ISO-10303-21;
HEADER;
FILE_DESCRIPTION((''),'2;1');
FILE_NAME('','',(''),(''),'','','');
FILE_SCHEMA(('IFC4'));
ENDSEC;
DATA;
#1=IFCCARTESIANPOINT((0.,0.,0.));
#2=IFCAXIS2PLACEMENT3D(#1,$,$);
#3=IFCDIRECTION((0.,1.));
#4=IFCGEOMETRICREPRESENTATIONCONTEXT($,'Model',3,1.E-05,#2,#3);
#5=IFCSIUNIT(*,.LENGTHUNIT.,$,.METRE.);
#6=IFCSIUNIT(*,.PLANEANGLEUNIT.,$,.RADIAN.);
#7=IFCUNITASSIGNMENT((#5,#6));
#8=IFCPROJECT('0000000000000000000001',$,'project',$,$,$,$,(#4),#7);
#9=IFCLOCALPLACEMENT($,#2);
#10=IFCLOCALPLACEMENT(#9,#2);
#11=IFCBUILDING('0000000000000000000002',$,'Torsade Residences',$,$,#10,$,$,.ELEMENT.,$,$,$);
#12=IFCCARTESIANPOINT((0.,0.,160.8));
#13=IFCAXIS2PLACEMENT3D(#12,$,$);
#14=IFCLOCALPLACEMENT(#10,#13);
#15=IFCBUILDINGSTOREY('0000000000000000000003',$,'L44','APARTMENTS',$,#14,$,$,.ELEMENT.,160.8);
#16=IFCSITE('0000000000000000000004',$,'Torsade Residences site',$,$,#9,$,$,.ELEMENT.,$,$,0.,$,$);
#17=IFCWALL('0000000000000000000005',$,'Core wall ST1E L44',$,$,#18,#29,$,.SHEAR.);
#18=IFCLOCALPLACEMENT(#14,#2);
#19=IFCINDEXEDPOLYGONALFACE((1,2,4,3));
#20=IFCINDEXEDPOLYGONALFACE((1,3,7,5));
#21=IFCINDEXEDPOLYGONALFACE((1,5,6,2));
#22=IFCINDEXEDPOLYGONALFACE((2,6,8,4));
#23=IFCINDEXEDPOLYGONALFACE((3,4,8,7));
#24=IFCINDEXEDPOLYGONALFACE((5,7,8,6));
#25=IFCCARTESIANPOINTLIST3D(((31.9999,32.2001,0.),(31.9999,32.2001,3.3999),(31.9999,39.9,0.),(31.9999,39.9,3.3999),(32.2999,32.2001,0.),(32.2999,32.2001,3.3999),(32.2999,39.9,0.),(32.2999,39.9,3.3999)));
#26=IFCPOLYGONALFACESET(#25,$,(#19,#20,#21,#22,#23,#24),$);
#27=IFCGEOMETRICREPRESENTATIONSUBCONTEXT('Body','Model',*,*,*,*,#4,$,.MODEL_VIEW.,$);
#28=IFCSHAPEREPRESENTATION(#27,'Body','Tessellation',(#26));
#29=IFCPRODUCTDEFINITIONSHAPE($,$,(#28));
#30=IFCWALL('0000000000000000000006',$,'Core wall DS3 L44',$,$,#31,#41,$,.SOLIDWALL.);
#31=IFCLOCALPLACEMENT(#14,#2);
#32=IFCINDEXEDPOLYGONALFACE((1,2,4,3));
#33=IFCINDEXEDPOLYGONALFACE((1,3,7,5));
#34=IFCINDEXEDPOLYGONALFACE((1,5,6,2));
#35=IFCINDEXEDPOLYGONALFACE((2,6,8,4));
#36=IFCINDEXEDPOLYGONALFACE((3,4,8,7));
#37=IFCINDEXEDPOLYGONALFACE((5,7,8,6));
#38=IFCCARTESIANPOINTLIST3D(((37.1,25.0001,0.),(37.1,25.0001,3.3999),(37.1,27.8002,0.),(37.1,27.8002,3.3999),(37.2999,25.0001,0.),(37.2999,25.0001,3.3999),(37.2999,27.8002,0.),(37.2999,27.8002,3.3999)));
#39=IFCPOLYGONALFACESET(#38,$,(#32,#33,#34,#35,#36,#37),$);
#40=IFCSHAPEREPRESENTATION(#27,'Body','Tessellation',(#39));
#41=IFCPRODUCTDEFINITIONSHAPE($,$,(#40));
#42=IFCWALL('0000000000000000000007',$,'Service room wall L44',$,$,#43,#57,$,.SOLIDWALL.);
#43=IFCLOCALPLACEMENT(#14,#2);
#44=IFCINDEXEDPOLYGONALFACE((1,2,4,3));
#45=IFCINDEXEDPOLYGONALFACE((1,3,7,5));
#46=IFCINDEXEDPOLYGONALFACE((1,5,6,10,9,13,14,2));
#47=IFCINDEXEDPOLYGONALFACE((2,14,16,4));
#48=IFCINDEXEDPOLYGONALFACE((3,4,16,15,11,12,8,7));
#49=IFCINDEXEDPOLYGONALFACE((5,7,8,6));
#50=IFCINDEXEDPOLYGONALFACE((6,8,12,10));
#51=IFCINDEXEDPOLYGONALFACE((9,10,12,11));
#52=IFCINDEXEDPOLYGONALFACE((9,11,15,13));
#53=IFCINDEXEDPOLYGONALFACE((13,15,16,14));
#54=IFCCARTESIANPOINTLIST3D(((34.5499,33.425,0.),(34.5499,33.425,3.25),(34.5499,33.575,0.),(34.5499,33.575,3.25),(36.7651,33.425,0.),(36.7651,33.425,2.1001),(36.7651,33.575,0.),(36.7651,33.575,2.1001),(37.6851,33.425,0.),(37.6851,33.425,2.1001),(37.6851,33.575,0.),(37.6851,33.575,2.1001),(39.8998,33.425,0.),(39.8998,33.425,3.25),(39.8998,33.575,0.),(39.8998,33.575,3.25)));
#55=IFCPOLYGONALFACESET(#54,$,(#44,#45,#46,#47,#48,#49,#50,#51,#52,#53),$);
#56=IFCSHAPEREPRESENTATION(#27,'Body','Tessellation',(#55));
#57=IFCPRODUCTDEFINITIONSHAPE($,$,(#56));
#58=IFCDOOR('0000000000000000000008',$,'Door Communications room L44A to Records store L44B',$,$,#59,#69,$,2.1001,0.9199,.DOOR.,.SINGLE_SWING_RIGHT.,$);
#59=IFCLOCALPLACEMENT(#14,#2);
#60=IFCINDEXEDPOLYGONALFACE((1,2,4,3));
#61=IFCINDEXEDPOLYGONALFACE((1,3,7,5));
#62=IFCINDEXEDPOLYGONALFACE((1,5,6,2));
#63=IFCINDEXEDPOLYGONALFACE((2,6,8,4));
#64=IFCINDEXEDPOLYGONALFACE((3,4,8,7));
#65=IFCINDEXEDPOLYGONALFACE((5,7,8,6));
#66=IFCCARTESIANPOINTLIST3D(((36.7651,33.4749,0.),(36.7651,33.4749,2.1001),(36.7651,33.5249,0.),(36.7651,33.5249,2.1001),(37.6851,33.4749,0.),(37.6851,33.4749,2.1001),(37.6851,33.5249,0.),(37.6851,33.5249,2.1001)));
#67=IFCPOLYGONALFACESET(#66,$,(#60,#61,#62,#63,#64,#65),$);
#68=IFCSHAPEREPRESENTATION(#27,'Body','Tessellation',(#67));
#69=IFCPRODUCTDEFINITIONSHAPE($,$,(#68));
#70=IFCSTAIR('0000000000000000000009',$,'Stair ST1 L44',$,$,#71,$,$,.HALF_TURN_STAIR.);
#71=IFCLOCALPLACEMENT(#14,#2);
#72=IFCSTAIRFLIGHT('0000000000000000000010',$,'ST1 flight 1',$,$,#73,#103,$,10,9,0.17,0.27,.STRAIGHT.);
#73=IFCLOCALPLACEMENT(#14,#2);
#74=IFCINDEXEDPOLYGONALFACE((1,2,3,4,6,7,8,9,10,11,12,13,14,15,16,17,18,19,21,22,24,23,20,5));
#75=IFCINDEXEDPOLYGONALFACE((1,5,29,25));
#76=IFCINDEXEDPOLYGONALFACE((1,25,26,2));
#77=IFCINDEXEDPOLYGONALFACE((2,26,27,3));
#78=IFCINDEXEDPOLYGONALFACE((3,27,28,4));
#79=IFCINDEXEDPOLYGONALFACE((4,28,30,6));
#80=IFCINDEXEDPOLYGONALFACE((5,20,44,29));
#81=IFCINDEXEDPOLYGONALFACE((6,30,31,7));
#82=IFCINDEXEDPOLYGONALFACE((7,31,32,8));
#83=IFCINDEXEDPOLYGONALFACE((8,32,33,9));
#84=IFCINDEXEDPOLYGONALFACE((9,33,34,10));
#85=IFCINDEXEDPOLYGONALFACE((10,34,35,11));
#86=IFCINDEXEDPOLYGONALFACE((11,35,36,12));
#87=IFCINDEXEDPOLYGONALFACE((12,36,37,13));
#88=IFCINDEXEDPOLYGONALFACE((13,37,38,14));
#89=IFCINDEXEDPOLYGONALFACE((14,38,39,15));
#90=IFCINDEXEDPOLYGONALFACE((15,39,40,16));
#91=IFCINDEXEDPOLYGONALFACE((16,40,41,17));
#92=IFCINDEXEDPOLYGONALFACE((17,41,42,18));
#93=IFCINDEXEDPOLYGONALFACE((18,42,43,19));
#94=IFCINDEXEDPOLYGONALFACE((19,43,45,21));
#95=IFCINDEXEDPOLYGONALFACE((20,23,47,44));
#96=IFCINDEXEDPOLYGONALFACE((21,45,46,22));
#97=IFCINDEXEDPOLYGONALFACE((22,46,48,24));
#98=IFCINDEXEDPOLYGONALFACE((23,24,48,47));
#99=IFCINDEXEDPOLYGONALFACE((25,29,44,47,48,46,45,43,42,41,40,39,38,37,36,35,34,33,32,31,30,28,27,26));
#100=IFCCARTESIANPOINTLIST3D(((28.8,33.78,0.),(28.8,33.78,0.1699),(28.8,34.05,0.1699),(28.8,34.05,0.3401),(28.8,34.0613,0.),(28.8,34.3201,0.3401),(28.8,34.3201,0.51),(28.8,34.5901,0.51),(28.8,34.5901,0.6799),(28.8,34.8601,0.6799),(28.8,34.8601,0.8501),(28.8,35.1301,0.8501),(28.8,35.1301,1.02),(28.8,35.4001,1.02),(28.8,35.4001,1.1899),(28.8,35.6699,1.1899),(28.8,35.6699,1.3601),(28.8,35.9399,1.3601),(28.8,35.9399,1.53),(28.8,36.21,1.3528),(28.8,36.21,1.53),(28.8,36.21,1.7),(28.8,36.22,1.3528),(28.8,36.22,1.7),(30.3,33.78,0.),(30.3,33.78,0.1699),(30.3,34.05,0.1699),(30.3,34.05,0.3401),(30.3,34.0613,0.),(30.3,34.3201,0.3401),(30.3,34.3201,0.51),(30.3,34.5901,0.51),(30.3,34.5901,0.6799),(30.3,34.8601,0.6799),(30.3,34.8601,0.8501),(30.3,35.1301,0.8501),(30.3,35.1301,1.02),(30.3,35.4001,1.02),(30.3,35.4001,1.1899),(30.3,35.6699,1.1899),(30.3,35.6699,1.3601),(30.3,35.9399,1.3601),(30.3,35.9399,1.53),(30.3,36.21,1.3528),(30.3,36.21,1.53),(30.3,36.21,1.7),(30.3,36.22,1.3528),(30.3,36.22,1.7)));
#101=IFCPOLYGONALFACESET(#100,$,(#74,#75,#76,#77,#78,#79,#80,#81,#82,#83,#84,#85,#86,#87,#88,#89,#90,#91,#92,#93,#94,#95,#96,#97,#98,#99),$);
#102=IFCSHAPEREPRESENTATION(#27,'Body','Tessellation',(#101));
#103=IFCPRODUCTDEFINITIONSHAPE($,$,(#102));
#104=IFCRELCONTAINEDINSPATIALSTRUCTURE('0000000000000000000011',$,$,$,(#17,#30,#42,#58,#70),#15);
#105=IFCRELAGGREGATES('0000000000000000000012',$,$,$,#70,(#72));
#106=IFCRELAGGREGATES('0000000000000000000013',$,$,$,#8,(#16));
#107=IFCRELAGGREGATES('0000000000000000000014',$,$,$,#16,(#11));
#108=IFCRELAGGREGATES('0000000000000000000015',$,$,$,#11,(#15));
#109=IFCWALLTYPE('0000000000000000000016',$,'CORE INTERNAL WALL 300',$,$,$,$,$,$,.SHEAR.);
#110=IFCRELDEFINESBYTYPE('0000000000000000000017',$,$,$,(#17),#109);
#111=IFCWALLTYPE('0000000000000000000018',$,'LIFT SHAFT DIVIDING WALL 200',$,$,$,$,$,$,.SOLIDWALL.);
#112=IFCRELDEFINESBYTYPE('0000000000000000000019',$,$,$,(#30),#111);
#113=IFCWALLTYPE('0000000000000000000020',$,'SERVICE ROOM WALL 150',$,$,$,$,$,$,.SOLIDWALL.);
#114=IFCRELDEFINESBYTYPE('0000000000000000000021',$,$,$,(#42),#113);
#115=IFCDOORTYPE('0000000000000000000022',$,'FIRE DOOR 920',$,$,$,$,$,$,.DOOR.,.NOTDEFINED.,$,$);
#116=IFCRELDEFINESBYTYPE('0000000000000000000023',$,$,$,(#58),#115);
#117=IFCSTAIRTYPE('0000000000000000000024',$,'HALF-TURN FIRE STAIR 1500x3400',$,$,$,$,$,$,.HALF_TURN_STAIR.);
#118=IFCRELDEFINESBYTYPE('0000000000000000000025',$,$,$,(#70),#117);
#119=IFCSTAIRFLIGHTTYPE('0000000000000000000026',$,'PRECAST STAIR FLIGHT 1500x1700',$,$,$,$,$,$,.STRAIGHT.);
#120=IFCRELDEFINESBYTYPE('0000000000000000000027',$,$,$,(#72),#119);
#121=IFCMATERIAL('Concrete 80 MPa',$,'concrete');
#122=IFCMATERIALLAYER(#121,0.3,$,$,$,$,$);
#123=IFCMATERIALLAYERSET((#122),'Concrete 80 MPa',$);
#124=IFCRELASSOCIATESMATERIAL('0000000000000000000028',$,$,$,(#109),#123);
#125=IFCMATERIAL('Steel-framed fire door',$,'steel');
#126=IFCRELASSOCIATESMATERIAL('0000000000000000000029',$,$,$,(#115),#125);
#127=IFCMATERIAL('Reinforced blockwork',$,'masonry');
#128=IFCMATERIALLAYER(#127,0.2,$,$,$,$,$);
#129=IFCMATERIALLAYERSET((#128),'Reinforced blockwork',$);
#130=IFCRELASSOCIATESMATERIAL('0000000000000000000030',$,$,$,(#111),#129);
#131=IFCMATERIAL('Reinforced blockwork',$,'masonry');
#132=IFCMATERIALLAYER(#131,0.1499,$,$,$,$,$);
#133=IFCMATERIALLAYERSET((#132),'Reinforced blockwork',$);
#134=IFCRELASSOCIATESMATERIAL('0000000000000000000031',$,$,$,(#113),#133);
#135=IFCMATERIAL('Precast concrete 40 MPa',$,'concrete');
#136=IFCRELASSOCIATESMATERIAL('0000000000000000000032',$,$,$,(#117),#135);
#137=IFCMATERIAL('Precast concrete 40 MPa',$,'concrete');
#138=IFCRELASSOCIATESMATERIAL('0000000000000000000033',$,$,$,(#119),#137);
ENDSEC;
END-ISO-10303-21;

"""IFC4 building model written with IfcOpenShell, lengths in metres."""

from ifc_helpers import new_model, si_unit, direction, frame, frame_2d, origin, place, context, subcontext, project, spatial, polyline, rectangle, outline, extrude, material, layer, layer_set, type_object, element, fill, aggregate, save


model = new_model("IFC4")

# Units and contexts
model_context = context("Model", 3, precision=1e-05, world=origin(), true_north=direction((0.0, 1.0)))
body_context = subcontext(model_context, "Body", "Model", "MODEL_VIEW")
ifc_project = project(units=[si_unit("LENGTHUNIT", "METRE"), si_unit("PLANEANGLEUNIT", "RADIAN")], contexts=[model_context])

# Site, building, storey
site_placement = place(None, origin())
site = spatial("IfcSite", under=ifc_project, at=site_placement, Name="Torsade Residences site", CompositionType="ELEMENT", RefElevation=0.0)
building_placement = place(site_placement, origin())
building = spatial("IfcBuilding", under=site, at=building_placement, Name="Torsade Residences", CompositionType="ELEMENT")
storey_placement = place(building_placement, frame((0.0, 0.0, 160.8)))
storey = spatial("IfcBuildingStorey", under=building, at=storey_placement, Name="L44", Description="APARTMENTS", CompositionType="ELEMENT", Elevation=160.8)

# Shared definitions
ifc_material_1 = material(Name="Concrete 80 MPa", Category="concrete")
ifc_layer_1 = layer(ifc_material_1, 0.3)
ifc_layer_set_1 = layer_set([ifc_layer_1], Name="Concrete 80 MPa")
wall_type_1 = type_object("IfcWallType", Name="CORE INTERNAL WALL 300", PredefinedType="SHEAR", material=ifc_layer_set_1)
ifc_material_2 = material(Name="Steel-framed fire door", Category="steel")
door_type_1 = type_object("IfcDoorType", Name="FIRE DOOR 920", OperationType="NOTDEFINED", PredefinedType="DOOR", material=ifc_material_2)

# Walls
wall_1_placement = place(storey_placement, frame((32.1499, 32.2, 0.0), z_axis=(0.0, 0.0, 1.0), x_axis=(0.0, 1.0, 0.0)))
element("IfcWall", 1, at=wall_1_placement, inside=storey, type_object=wall_type_1, Name="Core wall ST1E L44", PredefinedType="SHEAR", context=body_context, shape_type="SweptSolid", body=[
    extrude(rectangle(XDim=7.7, YDim=0.3, at=frame_2d((3.8501, 0.0))), origin(), (0.0, 0.0, 1.0), 3.3999),
])
ifc_material_3 = material(Name="Reinforced blockwork", Category="masonry")
ifc_layer_2 = layer(ifc_material_3, 0.2)
ifc_layer_set_2 = layer_set([ifc_layer_2], Name="Reinforced blockwork")
wall_type_2 = type_object("IfcWallType", Name="LIFT SHAFT DIVIDING WALL 200", PredefinedType="SOLIDWALL", material=ifc_layer_set_2)
wall_2_placement = place(storey_placement, frame((37.2, 27.8, 0.0), z_axis=(0.0, 0.0, 1.0), x_axis=(0.0, -1.0, 0.0)))
element("IfcWall", 2, at=wall_2_placement, inside=storey, type_object=wall_type_2, Name="Core wall DS3 L44", PredefinedType="SOLIDWALL", context=body_context, shape_type="SweptSolid", body=[
    extrude(rectangle(XDim=2.8, YDim=0.2, at=frame_2d((1.3999, 0.0))), origin(), (0.0, 0.0, 1.0), 3.3999),
])

# Wall, opening, door
ifc_material_4 = material(Name="Reinforced blockwork", Category="masonry")
ifc_layer_3 = layer(ifc_material_4, 0.1499)
ifc_layer_set_3 = layer_set([ifc_layer_3], Name="Reinforced blockwork")
wall_type_3 = type_object("IfcWallType", Name="SERVICE ROOM WALL 150", PredefinedType="SOLIDWALL", material=ifc_layer_set_3)
wall_3_placement = place(storey_placement, frame((34.55, 33.5, 0.0), z_axis=(0.0, 0.0, 1.0), x_axis=(1.0, 0.0, 0.0)))
wall_3 = element("IfcWall", 3, at=wall_3_placement, inside=storey, type_object=wall_type_3, Name="Service room wall L44", PredefinedType="SOLIDWALL", context=body_context, shape_type="SweptSolid", body=[
    extrude(rectangle(XDim=5.3499, YDim=0.1499, at=frame_2d((2.6748, 0.0))), origin(), (0.0, 0.0, 1.0), 3.25),
])
opening_1_placement = place(wall_3_placement, frame((2.2151, 0.0, 0.0)))
opening_1 = element("IfcOpeningElement", 4, at=opening_1_placement, cuts=wall_3, PredefinedType="OPENING", context=body_context, shape_type="SweptSolid", body=[
    extrude(rectangle(XDim=0.9199, YDim=2.1001, at=frame_2d((0.46, 1.05))), frame((0.0, 0.085, 0.0), z_axis=(0.0, -1.0, 0.0), x_axis=(1.0, 0.0, 0.0)), (0.0, 0.0, 1.0), 0.1699),
])
door_1_placement = place(opening_1_placement, origin())
door_1 = element("IfcDoor", 5, at=door_1_placement, inside=storey, type_object=door_type_1, Name="Door Communications room L44A to Records store L44B", OperationType="SINGLE_SWING_RIGHT", OverallHeight=2.1001, OverallWidth=0.9199, PredefinedType="DOOR", context=body_context, shape_type="SweptSolid", body=[
    extrude(rectangle(XDim=0.9199, YDim=2.1001, at=frame_2d((0.46, 1.05))), frame((0.0, 0.0249, 0.0), z_axis=(0.0, -1.0, 0.0), x_axis=(1.0, 0.0, 0.0)), (0.0, 0.0, 1.0), 0.05),
])
fill(opening_1, door_1)

# Stair, stair flight
ifc_material_5 = material(Name="Precast concrete 40 MPa", Category="concrete")
stair_type = type_object("IfcStairType", Name="HALF-TURN FIRE STAIR 1500x3400", PredefinedType="HALF_TURN_STAIR", material=ifc_material_5)
stair_placement = place(storey_placement, origin())
stair = element("IfcStair", 6, at=stair_placement, inside=storey, type_object=stair_type, Name="Stair ST1 L44", PredefinedType="HALF_TURN_STAIR")
ifc_material_6 = material(Name="Precast concrete 40 MPa", Category="concrete")
stair_flight_type = type_object("IfcStairFlightType", Name="PRECAST STAIR FLIGHT 1500x1700", PredefinedType="STRAIGHT", material=ifc_material_6)
stair_flight_placement = place(storey_placement, frame((29.55, 33.78, 0.0), z_axis=(0.0, 0.0, 1.0), x_axis=(0.0, 1.0, 0.0)))
stair_flight = element("IfcStairFlight", 7, at=stair_flight_placement, type_object=stair_flight_type, Name="ST1 flight 1", NumberOfRisers=10, NumberOfTreads=9, PredefinedType="STRAIGHT", RiserHeight=0.17, TreadLength=0.27, context=body_context, shape_type="SweptSolid", body=[
    extrude(outline(polyline([(0.0, 0.0), (0.0, 0.1699), (0.27, 0.1699), (0.27, 0.3401), (0.54, 0.3401), (0.54, 0.51), (0.8101, 0.51), (0.8101, 0.6799), (1.0801, 0.6799), (1.0801, 0.8501), (1.3501, 0.8501), (1.3501, 1.02), (1.6201, 1.02), (1.6201, 1.1899), (1.8899, 1.1899), (1.8899, 1.3601), (2.1599, 1.3601), (2.1599, 1.53), (2.4299, 1.53), (2.4299, 1.7), (2.4399, 1.7), (2.4399, 1.3528), (2.4299, 1.3528), (0.2812, 0.0), (0.0, 0.0)])), frame((0.0, 0.75, 0.0), z_axis=(0.0, -1.0, 0.0), x_axis=(1.0, 0.0, 0.0)), (0.0, 0.0, 1.0), 1.5),
])
aggregate(stair, [stair_flight])

save(model, "model.ifc")
